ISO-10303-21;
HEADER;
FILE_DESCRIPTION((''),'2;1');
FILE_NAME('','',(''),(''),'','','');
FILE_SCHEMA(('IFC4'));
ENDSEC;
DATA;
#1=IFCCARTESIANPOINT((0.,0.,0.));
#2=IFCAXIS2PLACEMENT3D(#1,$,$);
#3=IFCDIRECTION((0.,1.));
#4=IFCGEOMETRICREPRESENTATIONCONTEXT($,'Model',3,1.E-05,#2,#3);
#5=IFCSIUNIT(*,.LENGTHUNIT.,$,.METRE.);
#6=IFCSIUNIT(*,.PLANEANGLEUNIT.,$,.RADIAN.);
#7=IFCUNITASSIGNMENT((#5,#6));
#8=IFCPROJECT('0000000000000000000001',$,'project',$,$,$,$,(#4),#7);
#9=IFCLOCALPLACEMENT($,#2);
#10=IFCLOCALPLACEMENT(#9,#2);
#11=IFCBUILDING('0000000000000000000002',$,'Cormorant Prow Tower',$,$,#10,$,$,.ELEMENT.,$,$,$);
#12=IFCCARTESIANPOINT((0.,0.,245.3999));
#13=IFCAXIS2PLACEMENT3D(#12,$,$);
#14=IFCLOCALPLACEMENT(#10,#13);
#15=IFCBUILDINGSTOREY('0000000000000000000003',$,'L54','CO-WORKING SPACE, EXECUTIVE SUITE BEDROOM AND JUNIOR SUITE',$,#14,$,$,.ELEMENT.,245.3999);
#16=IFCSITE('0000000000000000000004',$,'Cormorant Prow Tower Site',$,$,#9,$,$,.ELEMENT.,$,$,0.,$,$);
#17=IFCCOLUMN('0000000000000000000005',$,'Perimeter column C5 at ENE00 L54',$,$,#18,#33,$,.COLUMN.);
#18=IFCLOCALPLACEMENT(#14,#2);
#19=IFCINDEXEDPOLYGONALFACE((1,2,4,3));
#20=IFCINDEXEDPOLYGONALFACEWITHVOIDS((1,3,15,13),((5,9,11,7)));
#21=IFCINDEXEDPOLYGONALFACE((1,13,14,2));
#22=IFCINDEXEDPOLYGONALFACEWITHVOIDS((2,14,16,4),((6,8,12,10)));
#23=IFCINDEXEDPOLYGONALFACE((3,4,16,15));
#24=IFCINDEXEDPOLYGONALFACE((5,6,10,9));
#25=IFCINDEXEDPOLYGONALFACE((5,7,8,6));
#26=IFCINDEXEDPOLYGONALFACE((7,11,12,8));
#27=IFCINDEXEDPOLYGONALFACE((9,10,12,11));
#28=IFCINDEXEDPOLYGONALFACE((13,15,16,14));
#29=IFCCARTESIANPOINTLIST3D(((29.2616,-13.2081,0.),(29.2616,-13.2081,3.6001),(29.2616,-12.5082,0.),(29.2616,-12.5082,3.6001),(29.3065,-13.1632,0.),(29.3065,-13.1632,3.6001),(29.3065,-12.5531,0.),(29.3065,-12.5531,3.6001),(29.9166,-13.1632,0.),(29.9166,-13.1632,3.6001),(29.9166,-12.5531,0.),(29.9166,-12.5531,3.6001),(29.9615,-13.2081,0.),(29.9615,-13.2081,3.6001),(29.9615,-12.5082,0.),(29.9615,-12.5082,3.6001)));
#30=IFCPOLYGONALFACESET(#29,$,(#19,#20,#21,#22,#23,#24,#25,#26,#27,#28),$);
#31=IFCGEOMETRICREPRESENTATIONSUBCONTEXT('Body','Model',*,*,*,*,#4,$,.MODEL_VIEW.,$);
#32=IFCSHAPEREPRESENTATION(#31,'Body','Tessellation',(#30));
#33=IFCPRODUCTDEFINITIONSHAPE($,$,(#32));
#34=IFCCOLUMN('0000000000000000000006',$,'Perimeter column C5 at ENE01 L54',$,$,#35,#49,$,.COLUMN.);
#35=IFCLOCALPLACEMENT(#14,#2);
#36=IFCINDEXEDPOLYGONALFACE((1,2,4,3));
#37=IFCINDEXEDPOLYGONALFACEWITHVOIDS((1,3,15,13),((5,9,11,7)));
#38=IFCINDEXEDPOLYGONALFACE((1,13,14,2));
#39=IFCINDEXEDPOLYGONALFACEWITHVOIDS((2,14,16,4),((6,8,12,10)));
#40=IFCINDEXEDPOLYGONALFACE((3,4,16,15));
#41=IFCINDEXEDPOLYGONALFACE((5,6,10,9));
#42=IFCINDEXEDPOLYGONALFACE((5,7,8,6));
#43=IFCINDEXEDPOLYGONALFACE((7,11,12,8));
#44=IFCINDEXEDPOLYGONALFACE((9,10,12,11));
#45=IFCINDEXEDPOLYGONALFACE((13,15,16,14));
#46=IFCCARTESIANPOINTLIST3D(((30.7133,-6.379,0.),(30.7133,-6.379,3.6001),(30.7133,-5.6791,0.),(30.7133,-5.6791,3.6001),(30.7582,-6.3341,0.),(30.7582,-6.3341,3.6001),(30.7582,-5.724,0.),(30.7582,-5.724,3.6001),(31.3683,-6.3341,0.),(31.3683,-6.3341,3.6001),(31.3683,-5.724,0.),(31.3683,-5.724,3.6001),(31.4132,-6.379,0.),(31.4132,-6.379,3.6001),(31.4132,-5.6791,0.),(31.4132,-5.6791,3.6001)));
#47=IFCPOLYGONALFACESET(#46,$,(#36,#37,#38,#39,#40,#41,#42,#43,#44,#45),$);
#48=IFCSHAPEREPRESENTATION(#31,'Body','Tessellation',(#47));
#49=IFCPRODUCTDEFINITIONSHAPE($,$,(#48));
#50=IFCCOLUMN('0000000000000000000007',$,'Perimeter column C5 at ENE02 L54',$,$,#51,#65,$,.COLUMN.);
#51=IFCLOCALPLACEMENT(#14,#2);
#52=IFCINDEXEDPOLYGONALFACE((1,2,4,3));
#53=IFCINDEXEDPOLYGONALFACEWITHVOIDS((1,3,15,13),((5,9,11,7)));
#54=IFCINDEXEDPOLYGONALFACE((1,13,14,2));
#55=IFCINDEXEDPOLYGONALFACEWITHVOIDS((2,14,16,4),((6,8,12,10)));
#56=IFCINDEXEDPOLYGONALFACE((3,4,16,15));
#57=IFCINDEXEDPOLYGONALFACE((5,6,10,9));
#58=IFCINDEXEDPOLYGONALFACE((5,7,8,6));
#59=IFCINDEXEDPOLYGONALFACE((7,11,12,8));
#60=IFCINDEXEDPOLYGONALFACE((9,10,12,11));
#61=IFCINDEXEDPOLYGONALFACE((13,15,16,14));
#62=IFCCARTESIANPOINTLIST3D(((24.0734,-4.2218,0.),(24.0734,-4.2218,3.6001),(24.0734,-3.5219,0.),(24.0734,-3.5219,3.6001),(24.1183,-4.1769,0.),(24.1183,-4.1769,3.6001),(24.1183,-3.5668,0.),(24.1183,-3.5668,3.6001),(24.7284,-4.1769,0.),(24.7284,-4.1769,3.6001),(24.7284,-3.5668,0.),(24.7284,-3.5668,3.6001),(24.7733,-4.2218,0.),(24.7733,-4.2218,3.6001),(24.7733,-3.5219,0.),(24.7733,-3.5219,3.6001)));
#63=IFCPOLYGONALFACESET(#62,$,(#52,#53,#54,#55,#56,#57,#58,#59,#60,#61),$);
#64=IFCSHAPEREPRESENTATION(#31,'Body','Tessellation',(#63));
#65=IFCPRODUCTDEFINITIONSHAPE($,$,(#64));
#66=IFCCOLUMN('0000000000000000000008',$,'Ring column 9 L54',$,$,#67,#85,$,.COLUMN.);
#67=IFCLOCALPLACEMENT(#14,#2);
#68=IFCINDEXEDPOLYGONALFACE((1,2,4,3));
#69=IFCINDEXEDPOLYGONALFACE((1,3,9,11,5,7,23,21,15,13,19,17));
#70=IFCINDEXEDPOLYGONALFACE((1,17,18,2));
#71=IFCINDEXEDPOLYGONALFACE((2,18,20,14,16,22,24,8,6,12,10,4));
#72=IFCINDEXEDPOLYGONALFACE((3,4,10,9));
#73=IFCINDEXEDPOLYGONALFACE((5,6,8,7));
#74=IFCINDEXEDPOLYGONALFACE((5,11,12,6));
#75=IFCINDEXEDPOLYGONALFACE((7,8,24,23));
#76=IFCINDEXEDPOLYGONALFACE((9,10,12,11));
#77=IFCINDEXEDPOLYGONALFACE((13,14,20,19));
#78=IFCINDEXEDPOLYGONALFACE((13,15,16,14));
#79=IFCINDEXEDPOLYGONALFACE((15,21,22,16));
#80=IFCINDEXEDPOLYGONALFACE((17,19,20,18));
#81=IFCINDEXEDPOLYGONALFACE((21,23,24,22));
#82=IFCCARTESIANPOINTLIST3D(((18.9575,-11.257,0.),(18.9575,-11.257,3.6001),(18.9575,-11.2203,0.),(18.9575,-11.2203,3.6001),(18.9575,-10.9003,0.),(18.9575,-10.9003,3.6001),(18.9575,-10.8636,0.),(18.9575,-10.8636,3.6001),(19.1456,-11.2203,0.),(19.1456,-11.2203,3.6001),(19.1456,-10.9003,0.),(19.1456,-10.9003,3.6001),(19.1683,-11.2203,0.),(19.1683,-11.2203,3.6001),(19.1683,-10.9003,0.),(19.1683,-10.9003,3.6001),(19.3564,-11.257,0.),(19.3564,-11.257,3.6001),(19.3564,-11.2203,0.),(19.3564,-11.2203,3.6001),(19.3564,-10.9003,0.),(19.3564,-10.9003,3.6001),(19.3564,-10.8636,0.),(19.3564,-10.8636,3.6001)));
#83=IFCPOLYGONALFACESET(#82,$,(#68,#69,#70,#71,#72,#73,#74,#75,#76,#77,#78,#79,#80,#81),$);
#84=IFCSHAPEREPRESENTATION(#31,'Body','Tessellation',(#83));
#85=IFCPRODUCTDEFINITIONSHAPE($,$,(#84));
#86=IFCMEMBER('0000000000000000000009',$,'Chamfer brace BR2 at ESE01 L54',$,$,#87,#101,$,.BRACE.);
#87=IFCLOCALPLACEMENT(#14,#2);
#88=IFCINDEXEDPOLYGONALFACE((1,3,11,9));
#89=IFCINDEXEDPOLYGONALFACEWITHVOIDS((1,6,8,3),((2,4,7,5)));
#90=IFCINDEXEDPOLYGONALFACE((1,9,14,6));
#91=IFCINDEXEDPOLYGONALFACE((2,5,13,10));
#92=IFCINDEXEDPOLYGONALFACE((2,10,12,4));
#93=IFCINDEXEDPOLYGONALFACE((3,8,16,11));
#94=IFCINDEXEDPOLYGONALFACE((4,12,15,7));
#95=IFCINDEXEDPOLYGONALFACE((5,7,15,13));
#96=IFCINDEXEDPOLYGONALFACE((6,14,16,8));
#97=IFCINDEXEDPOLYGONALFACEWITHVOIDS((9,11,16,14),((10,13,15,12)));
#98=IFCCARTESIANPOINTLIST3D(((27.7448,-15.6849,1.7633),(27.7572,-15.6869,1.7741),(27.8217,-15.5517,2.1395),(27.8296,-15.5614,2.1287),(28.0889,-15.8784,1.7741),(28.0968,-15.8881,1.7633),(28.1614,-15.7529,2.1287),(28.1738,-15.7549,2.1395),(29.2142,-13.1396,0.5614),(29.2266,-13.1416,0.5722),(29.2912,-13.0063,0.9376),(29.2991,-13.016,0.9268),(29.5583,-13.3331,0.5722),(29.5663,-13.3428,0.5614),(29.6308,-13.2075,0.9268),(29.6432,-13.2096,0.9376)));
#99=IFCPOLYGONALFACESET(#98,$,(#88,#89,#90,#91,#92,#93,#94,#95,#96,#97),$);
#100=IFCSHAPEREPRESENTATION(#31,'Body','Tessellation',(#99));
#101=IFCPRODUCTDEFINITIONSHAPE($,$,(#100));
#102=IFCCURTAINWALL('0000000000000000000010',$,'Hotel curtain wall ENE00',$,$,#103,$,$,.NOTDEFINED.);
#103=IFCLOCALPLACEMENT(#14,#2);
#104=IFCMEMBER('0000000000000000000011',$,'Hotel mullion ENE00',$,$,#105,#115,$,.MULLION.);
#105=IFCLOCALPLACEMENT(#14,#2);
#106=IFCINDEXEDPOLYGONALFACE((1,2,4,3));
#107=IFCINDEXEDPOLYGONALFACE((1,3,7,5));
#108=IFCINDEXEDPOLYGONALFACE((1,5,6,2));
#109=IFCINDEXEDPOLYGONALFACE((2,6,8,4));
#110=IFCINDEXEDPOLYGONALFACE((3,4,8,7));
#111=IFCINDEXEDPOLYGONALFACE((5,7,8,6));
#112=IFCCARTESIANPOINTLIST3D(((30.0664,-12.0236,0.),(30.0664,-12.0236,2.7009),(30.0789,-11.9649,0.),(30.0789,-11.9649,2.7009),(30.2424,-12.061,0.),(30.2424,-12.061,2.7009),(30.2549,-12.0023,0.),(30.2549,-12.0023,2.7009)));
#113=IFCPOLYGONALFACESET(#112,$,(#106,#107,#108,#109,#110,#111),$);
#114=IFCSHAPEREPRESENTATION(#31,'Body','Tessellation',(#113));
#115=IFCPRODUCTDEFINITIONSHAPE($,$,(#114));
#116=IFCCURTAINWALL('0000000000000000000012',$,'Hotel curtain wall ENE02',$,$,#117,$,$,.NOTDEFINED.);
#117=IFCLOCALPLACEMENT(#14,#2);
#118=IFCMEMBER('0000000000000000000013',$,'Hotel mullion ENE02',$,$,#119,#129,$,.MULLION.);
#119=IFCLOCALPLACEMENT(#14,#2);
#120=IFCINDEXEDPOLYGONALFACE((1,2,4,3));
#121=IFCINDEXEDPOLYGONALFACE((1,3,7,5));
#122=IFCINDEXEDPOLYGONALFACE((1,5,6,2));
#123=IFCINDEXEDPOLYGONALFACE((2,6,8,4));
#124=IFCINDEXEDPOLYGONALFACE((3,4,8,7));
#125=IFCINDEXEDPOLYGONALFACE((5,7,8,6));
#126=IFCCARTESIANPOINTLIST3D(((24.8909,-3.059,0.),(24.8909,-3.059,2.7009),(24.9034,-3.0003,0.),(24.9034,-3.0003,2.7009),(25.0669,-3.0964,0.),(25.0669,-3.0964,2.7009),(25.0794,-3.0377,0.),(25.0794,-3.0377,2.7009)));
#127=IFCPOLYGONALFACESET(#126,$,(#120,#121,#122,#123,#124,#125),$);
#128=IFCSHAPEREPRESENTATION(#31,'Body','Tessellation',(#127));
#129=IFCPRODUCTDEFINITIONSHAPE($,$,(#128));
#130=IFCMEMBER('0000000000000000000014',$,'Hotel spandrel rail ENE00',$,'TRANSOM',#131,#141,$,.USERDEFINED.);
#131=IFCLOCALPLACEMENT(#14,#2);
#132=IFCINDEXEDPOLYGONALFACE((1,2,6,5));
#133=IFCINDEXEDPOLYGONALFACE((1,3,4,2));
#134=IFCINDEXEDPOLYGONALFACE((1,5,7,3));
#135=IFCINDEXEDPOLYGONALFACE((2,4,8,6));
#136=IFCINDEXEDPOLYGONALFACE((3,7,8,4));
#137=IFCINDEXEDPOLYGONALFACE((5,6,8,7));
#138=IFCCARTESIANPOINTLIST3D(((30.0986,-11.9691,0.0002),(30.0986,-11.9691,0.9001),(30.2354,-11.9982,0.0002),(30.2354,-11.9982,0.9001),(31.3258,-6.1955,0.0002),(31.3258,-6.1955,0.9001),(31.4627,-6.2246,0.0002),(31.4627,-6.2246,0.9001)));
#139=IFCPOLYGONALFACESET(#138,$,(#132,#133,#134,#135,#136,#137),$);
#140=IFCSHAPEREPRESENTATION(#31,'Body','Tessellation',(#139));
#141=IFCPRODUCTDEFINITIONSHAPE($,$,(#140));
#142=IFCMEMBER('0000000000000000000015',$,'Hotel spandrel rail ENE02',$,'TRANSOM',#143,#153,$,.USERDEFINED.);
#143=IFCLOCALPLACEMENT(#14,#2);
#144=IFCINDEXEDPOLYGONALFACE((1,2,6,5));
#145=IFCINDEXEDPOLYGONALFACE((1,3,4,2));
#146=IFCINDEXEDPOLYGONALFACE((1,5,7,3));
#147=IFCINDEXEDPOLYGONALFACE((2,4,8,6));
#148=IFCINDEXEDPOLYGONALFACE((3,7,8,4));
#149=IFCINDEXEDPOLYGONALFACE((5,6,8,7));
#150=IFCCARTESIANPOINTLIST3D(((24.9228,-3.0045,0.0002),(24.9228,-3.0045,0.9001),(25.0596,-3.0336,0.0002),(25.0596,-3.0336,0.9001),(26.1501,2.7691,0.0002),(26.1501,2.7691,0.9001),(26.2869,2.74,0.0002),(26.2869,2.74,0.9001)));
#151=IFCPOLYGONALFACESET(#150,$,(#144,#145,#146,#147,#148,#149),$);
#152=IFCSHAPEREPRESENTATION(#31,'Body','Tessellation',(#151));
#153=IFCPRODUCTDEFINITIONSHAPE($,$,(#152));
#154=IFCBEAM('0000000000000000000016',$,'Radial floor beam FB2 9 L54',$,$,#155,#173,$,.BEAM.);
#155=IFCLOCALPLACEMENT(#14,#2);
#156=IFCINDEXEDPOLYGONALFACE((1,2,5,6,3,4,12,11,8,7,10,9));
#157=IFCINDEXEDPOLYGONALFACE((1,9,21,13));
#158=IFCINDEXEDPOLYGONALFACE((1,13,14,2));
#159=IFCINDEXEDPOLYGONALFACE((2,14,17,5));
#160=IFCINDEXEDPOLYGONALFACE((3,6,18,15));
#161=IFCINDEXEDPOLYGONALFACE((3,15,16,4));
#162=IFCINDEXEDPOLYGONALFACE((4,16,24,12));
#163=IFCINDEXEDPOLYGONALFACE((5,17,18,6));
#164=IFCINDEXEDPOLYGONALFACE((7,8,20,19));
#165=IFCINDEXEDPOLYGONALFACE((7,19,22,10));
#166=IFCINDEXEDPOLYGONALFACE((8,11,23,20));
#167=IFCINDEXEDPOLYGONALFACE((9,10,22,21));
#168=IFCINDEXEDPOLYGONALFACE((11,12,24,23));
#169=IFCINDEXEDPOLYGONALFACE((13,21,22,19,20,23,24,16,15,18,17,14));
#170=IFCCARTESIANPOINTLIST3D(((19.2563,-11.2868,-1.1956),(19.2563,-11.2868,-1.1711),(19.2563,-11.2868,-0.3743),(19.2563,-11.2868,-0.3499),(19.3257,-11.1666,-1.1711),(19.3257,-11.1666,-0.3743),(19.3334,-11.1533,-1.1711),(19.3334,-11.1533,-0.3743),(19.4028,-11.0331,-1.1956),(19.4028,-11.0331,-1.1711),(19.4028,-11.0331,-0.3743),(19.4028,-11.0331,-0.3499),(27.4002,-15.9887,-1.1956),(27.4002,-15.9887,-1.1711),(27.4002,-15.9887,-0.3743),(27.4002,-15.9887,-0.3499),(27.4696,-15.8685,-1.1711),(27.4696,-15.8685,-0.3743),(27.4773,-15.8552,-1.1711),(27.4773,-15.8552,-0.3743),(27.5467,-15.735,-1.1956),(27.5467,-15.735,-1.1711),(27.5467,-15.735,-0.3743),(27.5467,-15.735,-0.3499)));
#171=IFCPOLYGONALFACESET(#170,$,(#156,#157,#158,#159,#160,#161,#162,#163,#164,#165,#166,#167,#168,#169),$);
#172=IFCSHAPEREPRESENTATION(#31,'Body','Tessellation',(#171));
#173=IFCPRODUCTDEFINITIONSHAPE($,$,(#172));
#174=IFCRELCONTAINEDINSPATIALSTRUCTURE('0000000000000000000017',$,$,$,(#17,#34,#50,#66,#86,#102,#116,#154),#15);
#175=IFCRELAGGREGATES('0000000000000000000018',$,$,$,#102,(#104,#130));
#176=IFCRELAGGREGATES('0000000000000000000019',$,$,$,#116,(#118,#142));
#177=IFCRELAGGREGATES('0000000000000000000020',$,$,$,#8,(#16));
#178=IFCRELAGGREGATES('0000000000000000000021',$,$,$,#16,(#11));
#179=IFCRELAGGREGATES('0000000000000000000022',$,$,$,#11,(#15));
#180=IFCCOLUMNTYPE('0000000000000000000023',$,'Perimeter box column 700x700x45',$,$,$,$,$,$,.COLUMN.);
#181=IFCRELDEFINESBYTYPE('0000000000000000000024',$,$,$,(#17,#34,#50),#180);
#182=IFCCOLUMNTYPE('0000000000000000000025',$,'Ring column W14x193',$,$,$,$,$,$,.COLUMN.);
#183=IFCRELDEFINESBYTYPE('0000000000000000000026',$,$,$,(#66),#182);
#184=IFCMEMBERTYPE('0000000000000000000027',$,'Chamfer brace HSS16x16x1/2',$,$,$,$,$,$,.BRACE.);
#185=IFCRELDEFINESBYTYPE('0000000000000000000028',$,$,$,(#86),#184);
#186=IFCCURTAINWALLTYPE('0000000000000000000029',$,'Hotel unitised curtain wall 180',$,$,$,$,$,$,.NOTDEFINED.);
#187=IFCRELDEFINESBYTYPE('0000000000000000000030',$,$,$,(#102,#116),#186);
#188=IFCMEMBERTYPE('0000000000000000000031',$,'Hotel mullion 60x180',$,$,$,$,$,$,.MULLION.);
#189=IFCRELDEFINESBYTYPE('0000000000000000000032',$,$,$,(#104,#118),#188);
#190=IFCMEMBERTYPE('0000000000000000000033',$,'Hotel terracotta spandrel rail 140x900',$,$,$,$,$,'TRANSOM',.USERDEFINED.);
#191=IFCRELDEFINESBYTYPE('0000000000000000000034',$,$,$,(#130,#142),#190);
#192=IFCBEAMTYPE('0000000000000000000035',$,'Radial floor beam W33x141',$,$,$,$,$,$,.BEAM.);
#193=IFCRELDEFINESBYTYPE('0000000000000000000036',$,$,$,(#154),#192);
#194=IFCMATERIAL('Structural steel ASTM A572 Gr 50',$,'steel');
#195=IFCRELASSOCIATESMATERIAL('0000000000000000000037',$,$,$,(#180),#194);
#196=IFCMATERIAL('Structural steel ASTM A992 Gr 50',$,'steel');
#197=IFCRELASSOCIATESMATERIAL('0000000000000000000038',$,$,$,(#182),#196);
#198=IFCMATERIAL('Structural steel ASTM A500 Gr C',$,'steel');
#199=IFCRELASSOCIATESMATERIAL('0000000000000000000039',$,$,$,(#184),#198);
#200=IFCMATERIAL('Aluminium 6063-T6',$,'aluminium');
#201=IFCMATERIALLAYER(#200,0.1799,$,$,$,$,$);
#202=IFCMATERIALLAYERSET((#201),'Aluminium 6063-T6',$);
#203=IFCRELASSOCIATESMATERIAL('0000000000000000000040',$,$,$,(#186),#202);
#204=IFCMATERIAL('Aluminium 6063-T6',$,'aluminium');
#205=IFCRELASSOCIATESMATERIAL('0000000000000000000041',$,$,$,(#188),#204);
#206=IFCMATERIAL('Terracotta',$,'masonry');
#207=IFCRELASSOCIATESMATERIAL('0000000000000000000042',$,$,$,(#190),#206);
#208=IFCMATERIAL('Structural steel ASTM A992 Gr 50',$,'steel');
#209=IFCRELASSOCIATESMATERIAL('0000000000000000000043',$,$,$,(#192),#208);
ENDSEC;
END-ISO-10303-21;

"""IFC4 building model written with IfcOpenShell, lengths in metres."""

from ifc_helpers import new_model, si_unit, direction, frame, origin, origin_2d, place, context, subcontext, project, spatial, rectangle, hollow_rectangle, i_section, extrude, material, layer, layer_set, material_profile, profile_set, type_object, element, aggregate, save


model = new_model("IFC4")

# Units and contexts
model_context = context("Model", 3, precision=1e-05, world=origin(), true_north=direction((0.0, 1.0)))
body_context = subcontext(model_context, "Body", "Model", "MODEL_VIEW")
ifc_project = project(units=[si_unit("LENGTHUNIT", "METRE"), si_unit("PLANEANGLEUNIT", "RADIAN")], contexts=[model_context])

# Site, building, storey
site_placement = place(None, origin())
site = spatial("IfcSite", under=ifc_project, at=site_placement, Name="Cormorant Prow Tower Site", CompositionType="ELEMENT", RefElevation=0.0)
building_placement = place(site_placement, origin())
building = spatial("IfcBuilding", under=site, at=building_placement, Name="Cormorant Prow Tower", CompositionType="ELEMENT")
storey_placement = place(building_placement, frame((0.0, 0.0, 245.3999)))
storey = spatial("IfcBuildingStorey", under=building, at=storey_placement, Name="L54", Description="CO-WORKING SPACE, EXECUTIVE SUITE BEDROOM AND JUNIOR SUITE", CompositionType="ELEMENT", Elevation=245.3999)

# Columns
ifc_material_1 = material(Name="Structural steel ASTM A572 Gr 50", Category="steel")
ifc_material_profile_1 = material_profile(ifc_material_1, hollow_rectangle(XDim=0.7, YDim=0.7, WallThickness=0.0449, at=origin_2d()), Name="Box 700x700x45")
ifc_profile_set_1 = profile_set([ifc_material_profile_1], Name="Structural steel ASTM A572 Gr 50")
column_type_1 = type_object("IfcColumnType", Name="Perimeter box column 700x700x45", PredefinedType="COLUMN", material=ifc_profile_set_1)
for number, where, z_axis, x_axis, name in (
    (1, (29.6116, -12.8582, 0.0), (0.0, 0.0, 1.0), (1.0, 0.0, 0.0), "Perimeter column C5 at ENE00 L54"),
    (2, (31.0632, -6.0291, 0.0), (0.0, 0.0, 1.0), (1.0, 0.0, 0.0), "Perimeter column C5 at ENE01 L54"),
    (3, (24.4233, -3.8718, 0.0), (0.0, 0.0, 1.0), (1.0, 0.0, 0.0), "Perimeter column C5 at ENE02 L54"),
):
    element("IfcColumn", number, at=place(storey_placement, frame(where, z_axis=z_axis, x_axis=x_axis)), inside=storey, type_object=column_type_1, Name=name, PredefinedType="COLUMN", context=body_context, shape_type="SweptSolid", body=[
        extrude(hollow_rectangle(XDim=0.7, YDim=0.7, WallThickness=0.0449, at=origin_2d()), origin(), (0.0, 0.0, 1.0), 3.6001),
    ])
ifc_material_2 = material(Name="Structural steel ASTM A992 Gr 50", Category="steel")
ifc_material_profile_2 = material_profile(ifc_material_2, i_section(OverallWidth=0.3989, OverallDepth=0.3933, WebThickness=0.0227, FlangeThickness=0.0366, at=origin_2d()), Name="W14x193")
ifc_profile_set_2 = profile_set([ifc_material_profile_2], Name="Structural steel ASTM A992 Gr 50")
column_type_2 = type_object("IfcColumnType", Name="Ring column W14x193", PredefinedType="COLUMN", material=ifc_profile_set_2)
column_placement = place(storey_placement, frame((19.157, -11.0603, 0.0), z_axis=(0.0, 0.0, 1.0), x_axis=(1.0, 0.0, 0.0)))
element("IfcColumn", 4, at=column_placement, inside=storey, type_object=column_type_2, Name="Ring column 9 L54", PredefinedType="COLUMN", context=body_context, shape_type="SweptSolid", body=[
    extrude(i_section(OverallWidth=0.3989, OverallDepth=0.3933, WebThickness=0.0227, FlangeThickness=0.0366, at=origin_2d()), origin(), (0.0, 0.0, 1.0), 3.6001),
])

# Member
ifc_material_3 = material(Name="Structural steel ASTM A500 Gr C", Category="steel")
ifc_material_profile_3 = material_profile(ifc_material_3, hollow_rectangle(XDim=0.4065, YDim=0.4065, WallThickness=0.0117, at=origin_2d()), Name="HSS16x16x1/2")
ifc_profile_set_3 = profile_set([ifc_material_profile_3], Name="Structural steel ASTM A500 Gr C")
member_type_1 = type_object("IfcMemberType", Name="Chamfer brace HSS16x16x1/2", PredefinedType="BRACE", material=ifc_profile_set_3)
member_1_placement = place(storey_placement, frame((29.4287, -13.1746, 0.7495), z_axis=(-0.462773, -0.801607, 0.378507), x_axis=(0.866042, -0.499972, 0.0)))
element("IfcMember", 5, at=member_1_placement, inside=storey, type_object=member_type_1, Name="Chamfer brace BR2 at ESE01 L54", PredefinedType="BRACE", context=body_context, shape_type="SweptSolid", body=[
    extrude(hollow_rectangle(XDim=0.4065, YDim=0.4065, WallThickness=0.0117, at=origin_2d()), origin(), (0.0, 0.0, 1.0), 3.1753),
])

# Curtain walls, members
ifc_material_4 = material(Name="Aluminium 6063-T6", Category="aluminium")
ifc_layer_1 = layer(ifc_material_4, 0.1799)
ifc_layer_set_1 = layer_set([ifc_layer_1], Name="Aluminium 6063-T6")
curtain_wall_type = type_object("IfcCurtainWallType", Name="Hotel unitised curtain wall 180", PredefinedType="NOTDEFINED", material=ifc_layer_set_1)
curtain_wall_1_placement = place(storey_placement, origin())
curtain_wall_1 = element("IfcCurtainWall", 6, at=curtain_wall_1_placement, inside=storey, type_object=curtain_wall_type, Name="Hotel curtain wall ENE00", PredefinedType="NOTDEFINED")
ifc_material_5 = material(Name="Aluminium 6063-T6", Category="aluminium")
ifc_material_profile_4 = material_profile(ifc_material_5, rectangle(XDim=0.1799, YDim=0.0601, at=origin_2d()), Name="Hotel mullion 60x180")
ifc_profile_set_4 = profile_set([ifc_material_profile_4], Name="Aluminium 6063-T6")
member_type_2 = type_object("IfcMemberType", Name="Hotel mullion 60x180", PredefinedType="MULLION", material=ifc_profile_set_4)
member_2_placement = place(storey_placement, frame((30.1606, -12.0129, 0.0), z_axis=(0.0, 0.0, 1.0), x_axis=(-0.978148, 0.207912, 0.0)))
member_2 = element("IfcMember", 7, at=member_2_placement, type_object=member_type_2, Name="Hotel mullion ENE00", PredefinedType="MULLION", context=body_context, shape_type="SweptSolid", body=[
    extrude(rectangle(XDim=0.1799, YDim=0.0601, at=origin_2d()), origin(), (0.0, 0.0, 1.0), 2.7009),
])
curtain_wall_2_placement = place(storey_placement, origin())
curtain_wall_2 = element("IfcCurtainWall", 8, at=curtain_wall_2_placement, inside=storey, type_object=curtain_wall_type, Name="Hotel curtain wall ENE02", PredefinedType="NOTDEFINED")
member_3_placement = place(storey_placement, frame((24.9851, -3.0483, 0.0), z_axis=(0.0, 0.0, 1.0), x_axis=(-0.978148, 0.207912, 0.0)))
member_3 = element("IfcMember", 9, at=member_3_placement, type_object=member_type_2, Name="Hotel mullion ENE02", PredefinedType="MULLION", context=body_context, shape_type="SweptSolid", body=[
    extrude(rectangle(XDim=0.1799, YDim=0.0601, at=origin_2d()), origin(), (0.0, 0.0, 1.0), 2.7009),
])

# Members
ifc_material_6 = material(Name="Terracotta", Category="masonry")
ifc_material_profile_5 = material_profile(ifc_material_6, rectangle(XDim=0.1399, YDim=0.8999, at=origin_2d()), Name="Hotel terracotta spandrel rail 140x900")
ifc_profile_set_5 = profile_set([ifc_material_profile_5], Name="Terracotta")
member_type_3 = type_object("IfcMemberType", Name="Hotel terracotta spandrel rail 140x900", ElementType="TRANSOM", PredefinedType="USERDEFINED", material=ifc_profile_set_5)
member_4_placement = place(storey_placement, frame((30.167, -11.9836, 0.4502), z_axis=(0.207922, 0.978145, 0.0), x_axis=(-0.978145, 0.207922, 0.0)))
member_4 = element("IfcMember", 10, at=member_4_placement, type_object=member_type_3, Name="Hotel spandrel rail ENE00", ObjectType="TRANSOM", PredefinedType="USERDEFINED", context=body_context, shape_type="SweptSolid", body=[
    extrude(rectangle(XDim=0.1399, YDim=0.8999, at=origin_2d()), origin(), (0.0, 0.0, 1.0), 5.9026),
])
member_5_placement = place(storey_placement, frame((24.9912, -3.019, 0.4502), z_axis=(0.207922, 0.978145, 0.0), x_axis=(-0.978145, 0.207922, 0.0)))
member_5 = element("IfcMember", 11, at=member_5_placement, type_object=member_type_3, Name="Hotel spandrel rail ENE02", ObjectType="TRANSOM", PredefinedType="USERDEFINED", context=body_context, shape_type="SweptSolid", body=[
    extrude(rectangle(XDim=0.1399, YDim=0.8999, at=origin_2d()), origin(), (0.0, 0.0, 1.0), 5.9026),
])

# Beam
ifc_material_7 = material(Name="Structural steel ASTM A992 Gr 50", Category="steel")
ifc_material_profile_6 = material_profile(ifc_material_7, i_section(OverallWidth=0.293, OverallDepth=0.8457, WebThickness=0.0154, FlangeThickness=0.0244, at=origin_2d()), Name="W33x141")
ifc_profile_set_6 = profile_set([ifc_material_profile_6], Name="Structural steel ASTM A992 Gr 50")
beam_type_1 = type_object("IfcBeamType", Name="Radial floor beam W33x141", PredefinedType="BEAM", material=ifc_profile_set_6)
beam_placement = place(storey_placement, frame((19.3296, -11.1599, -0.7727), z_axis=(0.866022, -0.500006, 0.0), x_axis=(0.500006, 0.866022, 0.0)))
element("IfcBeam", 12, at=beam_placement, inside=storey, type_object=beam_type_1, Name="Radial floor beam FB2 9 L54", PredefinedType="BEAM", context=body_context, shape_type="SweptSolid", body=[
    extrude(i_section(OverallWidth=0.293, OverallDepth=0.8457, WebThickness=0.0154, FlangeThickness=0.0244, at=origin_2d()), origin(), (0.0, 0.0, 1.0), 9.4038),
])

aggregate(curtain_wall_1, [member_2, member_4])
aggregate(curtain_wall_2, [member_3, member_5])

save(model, "model.ifc")
